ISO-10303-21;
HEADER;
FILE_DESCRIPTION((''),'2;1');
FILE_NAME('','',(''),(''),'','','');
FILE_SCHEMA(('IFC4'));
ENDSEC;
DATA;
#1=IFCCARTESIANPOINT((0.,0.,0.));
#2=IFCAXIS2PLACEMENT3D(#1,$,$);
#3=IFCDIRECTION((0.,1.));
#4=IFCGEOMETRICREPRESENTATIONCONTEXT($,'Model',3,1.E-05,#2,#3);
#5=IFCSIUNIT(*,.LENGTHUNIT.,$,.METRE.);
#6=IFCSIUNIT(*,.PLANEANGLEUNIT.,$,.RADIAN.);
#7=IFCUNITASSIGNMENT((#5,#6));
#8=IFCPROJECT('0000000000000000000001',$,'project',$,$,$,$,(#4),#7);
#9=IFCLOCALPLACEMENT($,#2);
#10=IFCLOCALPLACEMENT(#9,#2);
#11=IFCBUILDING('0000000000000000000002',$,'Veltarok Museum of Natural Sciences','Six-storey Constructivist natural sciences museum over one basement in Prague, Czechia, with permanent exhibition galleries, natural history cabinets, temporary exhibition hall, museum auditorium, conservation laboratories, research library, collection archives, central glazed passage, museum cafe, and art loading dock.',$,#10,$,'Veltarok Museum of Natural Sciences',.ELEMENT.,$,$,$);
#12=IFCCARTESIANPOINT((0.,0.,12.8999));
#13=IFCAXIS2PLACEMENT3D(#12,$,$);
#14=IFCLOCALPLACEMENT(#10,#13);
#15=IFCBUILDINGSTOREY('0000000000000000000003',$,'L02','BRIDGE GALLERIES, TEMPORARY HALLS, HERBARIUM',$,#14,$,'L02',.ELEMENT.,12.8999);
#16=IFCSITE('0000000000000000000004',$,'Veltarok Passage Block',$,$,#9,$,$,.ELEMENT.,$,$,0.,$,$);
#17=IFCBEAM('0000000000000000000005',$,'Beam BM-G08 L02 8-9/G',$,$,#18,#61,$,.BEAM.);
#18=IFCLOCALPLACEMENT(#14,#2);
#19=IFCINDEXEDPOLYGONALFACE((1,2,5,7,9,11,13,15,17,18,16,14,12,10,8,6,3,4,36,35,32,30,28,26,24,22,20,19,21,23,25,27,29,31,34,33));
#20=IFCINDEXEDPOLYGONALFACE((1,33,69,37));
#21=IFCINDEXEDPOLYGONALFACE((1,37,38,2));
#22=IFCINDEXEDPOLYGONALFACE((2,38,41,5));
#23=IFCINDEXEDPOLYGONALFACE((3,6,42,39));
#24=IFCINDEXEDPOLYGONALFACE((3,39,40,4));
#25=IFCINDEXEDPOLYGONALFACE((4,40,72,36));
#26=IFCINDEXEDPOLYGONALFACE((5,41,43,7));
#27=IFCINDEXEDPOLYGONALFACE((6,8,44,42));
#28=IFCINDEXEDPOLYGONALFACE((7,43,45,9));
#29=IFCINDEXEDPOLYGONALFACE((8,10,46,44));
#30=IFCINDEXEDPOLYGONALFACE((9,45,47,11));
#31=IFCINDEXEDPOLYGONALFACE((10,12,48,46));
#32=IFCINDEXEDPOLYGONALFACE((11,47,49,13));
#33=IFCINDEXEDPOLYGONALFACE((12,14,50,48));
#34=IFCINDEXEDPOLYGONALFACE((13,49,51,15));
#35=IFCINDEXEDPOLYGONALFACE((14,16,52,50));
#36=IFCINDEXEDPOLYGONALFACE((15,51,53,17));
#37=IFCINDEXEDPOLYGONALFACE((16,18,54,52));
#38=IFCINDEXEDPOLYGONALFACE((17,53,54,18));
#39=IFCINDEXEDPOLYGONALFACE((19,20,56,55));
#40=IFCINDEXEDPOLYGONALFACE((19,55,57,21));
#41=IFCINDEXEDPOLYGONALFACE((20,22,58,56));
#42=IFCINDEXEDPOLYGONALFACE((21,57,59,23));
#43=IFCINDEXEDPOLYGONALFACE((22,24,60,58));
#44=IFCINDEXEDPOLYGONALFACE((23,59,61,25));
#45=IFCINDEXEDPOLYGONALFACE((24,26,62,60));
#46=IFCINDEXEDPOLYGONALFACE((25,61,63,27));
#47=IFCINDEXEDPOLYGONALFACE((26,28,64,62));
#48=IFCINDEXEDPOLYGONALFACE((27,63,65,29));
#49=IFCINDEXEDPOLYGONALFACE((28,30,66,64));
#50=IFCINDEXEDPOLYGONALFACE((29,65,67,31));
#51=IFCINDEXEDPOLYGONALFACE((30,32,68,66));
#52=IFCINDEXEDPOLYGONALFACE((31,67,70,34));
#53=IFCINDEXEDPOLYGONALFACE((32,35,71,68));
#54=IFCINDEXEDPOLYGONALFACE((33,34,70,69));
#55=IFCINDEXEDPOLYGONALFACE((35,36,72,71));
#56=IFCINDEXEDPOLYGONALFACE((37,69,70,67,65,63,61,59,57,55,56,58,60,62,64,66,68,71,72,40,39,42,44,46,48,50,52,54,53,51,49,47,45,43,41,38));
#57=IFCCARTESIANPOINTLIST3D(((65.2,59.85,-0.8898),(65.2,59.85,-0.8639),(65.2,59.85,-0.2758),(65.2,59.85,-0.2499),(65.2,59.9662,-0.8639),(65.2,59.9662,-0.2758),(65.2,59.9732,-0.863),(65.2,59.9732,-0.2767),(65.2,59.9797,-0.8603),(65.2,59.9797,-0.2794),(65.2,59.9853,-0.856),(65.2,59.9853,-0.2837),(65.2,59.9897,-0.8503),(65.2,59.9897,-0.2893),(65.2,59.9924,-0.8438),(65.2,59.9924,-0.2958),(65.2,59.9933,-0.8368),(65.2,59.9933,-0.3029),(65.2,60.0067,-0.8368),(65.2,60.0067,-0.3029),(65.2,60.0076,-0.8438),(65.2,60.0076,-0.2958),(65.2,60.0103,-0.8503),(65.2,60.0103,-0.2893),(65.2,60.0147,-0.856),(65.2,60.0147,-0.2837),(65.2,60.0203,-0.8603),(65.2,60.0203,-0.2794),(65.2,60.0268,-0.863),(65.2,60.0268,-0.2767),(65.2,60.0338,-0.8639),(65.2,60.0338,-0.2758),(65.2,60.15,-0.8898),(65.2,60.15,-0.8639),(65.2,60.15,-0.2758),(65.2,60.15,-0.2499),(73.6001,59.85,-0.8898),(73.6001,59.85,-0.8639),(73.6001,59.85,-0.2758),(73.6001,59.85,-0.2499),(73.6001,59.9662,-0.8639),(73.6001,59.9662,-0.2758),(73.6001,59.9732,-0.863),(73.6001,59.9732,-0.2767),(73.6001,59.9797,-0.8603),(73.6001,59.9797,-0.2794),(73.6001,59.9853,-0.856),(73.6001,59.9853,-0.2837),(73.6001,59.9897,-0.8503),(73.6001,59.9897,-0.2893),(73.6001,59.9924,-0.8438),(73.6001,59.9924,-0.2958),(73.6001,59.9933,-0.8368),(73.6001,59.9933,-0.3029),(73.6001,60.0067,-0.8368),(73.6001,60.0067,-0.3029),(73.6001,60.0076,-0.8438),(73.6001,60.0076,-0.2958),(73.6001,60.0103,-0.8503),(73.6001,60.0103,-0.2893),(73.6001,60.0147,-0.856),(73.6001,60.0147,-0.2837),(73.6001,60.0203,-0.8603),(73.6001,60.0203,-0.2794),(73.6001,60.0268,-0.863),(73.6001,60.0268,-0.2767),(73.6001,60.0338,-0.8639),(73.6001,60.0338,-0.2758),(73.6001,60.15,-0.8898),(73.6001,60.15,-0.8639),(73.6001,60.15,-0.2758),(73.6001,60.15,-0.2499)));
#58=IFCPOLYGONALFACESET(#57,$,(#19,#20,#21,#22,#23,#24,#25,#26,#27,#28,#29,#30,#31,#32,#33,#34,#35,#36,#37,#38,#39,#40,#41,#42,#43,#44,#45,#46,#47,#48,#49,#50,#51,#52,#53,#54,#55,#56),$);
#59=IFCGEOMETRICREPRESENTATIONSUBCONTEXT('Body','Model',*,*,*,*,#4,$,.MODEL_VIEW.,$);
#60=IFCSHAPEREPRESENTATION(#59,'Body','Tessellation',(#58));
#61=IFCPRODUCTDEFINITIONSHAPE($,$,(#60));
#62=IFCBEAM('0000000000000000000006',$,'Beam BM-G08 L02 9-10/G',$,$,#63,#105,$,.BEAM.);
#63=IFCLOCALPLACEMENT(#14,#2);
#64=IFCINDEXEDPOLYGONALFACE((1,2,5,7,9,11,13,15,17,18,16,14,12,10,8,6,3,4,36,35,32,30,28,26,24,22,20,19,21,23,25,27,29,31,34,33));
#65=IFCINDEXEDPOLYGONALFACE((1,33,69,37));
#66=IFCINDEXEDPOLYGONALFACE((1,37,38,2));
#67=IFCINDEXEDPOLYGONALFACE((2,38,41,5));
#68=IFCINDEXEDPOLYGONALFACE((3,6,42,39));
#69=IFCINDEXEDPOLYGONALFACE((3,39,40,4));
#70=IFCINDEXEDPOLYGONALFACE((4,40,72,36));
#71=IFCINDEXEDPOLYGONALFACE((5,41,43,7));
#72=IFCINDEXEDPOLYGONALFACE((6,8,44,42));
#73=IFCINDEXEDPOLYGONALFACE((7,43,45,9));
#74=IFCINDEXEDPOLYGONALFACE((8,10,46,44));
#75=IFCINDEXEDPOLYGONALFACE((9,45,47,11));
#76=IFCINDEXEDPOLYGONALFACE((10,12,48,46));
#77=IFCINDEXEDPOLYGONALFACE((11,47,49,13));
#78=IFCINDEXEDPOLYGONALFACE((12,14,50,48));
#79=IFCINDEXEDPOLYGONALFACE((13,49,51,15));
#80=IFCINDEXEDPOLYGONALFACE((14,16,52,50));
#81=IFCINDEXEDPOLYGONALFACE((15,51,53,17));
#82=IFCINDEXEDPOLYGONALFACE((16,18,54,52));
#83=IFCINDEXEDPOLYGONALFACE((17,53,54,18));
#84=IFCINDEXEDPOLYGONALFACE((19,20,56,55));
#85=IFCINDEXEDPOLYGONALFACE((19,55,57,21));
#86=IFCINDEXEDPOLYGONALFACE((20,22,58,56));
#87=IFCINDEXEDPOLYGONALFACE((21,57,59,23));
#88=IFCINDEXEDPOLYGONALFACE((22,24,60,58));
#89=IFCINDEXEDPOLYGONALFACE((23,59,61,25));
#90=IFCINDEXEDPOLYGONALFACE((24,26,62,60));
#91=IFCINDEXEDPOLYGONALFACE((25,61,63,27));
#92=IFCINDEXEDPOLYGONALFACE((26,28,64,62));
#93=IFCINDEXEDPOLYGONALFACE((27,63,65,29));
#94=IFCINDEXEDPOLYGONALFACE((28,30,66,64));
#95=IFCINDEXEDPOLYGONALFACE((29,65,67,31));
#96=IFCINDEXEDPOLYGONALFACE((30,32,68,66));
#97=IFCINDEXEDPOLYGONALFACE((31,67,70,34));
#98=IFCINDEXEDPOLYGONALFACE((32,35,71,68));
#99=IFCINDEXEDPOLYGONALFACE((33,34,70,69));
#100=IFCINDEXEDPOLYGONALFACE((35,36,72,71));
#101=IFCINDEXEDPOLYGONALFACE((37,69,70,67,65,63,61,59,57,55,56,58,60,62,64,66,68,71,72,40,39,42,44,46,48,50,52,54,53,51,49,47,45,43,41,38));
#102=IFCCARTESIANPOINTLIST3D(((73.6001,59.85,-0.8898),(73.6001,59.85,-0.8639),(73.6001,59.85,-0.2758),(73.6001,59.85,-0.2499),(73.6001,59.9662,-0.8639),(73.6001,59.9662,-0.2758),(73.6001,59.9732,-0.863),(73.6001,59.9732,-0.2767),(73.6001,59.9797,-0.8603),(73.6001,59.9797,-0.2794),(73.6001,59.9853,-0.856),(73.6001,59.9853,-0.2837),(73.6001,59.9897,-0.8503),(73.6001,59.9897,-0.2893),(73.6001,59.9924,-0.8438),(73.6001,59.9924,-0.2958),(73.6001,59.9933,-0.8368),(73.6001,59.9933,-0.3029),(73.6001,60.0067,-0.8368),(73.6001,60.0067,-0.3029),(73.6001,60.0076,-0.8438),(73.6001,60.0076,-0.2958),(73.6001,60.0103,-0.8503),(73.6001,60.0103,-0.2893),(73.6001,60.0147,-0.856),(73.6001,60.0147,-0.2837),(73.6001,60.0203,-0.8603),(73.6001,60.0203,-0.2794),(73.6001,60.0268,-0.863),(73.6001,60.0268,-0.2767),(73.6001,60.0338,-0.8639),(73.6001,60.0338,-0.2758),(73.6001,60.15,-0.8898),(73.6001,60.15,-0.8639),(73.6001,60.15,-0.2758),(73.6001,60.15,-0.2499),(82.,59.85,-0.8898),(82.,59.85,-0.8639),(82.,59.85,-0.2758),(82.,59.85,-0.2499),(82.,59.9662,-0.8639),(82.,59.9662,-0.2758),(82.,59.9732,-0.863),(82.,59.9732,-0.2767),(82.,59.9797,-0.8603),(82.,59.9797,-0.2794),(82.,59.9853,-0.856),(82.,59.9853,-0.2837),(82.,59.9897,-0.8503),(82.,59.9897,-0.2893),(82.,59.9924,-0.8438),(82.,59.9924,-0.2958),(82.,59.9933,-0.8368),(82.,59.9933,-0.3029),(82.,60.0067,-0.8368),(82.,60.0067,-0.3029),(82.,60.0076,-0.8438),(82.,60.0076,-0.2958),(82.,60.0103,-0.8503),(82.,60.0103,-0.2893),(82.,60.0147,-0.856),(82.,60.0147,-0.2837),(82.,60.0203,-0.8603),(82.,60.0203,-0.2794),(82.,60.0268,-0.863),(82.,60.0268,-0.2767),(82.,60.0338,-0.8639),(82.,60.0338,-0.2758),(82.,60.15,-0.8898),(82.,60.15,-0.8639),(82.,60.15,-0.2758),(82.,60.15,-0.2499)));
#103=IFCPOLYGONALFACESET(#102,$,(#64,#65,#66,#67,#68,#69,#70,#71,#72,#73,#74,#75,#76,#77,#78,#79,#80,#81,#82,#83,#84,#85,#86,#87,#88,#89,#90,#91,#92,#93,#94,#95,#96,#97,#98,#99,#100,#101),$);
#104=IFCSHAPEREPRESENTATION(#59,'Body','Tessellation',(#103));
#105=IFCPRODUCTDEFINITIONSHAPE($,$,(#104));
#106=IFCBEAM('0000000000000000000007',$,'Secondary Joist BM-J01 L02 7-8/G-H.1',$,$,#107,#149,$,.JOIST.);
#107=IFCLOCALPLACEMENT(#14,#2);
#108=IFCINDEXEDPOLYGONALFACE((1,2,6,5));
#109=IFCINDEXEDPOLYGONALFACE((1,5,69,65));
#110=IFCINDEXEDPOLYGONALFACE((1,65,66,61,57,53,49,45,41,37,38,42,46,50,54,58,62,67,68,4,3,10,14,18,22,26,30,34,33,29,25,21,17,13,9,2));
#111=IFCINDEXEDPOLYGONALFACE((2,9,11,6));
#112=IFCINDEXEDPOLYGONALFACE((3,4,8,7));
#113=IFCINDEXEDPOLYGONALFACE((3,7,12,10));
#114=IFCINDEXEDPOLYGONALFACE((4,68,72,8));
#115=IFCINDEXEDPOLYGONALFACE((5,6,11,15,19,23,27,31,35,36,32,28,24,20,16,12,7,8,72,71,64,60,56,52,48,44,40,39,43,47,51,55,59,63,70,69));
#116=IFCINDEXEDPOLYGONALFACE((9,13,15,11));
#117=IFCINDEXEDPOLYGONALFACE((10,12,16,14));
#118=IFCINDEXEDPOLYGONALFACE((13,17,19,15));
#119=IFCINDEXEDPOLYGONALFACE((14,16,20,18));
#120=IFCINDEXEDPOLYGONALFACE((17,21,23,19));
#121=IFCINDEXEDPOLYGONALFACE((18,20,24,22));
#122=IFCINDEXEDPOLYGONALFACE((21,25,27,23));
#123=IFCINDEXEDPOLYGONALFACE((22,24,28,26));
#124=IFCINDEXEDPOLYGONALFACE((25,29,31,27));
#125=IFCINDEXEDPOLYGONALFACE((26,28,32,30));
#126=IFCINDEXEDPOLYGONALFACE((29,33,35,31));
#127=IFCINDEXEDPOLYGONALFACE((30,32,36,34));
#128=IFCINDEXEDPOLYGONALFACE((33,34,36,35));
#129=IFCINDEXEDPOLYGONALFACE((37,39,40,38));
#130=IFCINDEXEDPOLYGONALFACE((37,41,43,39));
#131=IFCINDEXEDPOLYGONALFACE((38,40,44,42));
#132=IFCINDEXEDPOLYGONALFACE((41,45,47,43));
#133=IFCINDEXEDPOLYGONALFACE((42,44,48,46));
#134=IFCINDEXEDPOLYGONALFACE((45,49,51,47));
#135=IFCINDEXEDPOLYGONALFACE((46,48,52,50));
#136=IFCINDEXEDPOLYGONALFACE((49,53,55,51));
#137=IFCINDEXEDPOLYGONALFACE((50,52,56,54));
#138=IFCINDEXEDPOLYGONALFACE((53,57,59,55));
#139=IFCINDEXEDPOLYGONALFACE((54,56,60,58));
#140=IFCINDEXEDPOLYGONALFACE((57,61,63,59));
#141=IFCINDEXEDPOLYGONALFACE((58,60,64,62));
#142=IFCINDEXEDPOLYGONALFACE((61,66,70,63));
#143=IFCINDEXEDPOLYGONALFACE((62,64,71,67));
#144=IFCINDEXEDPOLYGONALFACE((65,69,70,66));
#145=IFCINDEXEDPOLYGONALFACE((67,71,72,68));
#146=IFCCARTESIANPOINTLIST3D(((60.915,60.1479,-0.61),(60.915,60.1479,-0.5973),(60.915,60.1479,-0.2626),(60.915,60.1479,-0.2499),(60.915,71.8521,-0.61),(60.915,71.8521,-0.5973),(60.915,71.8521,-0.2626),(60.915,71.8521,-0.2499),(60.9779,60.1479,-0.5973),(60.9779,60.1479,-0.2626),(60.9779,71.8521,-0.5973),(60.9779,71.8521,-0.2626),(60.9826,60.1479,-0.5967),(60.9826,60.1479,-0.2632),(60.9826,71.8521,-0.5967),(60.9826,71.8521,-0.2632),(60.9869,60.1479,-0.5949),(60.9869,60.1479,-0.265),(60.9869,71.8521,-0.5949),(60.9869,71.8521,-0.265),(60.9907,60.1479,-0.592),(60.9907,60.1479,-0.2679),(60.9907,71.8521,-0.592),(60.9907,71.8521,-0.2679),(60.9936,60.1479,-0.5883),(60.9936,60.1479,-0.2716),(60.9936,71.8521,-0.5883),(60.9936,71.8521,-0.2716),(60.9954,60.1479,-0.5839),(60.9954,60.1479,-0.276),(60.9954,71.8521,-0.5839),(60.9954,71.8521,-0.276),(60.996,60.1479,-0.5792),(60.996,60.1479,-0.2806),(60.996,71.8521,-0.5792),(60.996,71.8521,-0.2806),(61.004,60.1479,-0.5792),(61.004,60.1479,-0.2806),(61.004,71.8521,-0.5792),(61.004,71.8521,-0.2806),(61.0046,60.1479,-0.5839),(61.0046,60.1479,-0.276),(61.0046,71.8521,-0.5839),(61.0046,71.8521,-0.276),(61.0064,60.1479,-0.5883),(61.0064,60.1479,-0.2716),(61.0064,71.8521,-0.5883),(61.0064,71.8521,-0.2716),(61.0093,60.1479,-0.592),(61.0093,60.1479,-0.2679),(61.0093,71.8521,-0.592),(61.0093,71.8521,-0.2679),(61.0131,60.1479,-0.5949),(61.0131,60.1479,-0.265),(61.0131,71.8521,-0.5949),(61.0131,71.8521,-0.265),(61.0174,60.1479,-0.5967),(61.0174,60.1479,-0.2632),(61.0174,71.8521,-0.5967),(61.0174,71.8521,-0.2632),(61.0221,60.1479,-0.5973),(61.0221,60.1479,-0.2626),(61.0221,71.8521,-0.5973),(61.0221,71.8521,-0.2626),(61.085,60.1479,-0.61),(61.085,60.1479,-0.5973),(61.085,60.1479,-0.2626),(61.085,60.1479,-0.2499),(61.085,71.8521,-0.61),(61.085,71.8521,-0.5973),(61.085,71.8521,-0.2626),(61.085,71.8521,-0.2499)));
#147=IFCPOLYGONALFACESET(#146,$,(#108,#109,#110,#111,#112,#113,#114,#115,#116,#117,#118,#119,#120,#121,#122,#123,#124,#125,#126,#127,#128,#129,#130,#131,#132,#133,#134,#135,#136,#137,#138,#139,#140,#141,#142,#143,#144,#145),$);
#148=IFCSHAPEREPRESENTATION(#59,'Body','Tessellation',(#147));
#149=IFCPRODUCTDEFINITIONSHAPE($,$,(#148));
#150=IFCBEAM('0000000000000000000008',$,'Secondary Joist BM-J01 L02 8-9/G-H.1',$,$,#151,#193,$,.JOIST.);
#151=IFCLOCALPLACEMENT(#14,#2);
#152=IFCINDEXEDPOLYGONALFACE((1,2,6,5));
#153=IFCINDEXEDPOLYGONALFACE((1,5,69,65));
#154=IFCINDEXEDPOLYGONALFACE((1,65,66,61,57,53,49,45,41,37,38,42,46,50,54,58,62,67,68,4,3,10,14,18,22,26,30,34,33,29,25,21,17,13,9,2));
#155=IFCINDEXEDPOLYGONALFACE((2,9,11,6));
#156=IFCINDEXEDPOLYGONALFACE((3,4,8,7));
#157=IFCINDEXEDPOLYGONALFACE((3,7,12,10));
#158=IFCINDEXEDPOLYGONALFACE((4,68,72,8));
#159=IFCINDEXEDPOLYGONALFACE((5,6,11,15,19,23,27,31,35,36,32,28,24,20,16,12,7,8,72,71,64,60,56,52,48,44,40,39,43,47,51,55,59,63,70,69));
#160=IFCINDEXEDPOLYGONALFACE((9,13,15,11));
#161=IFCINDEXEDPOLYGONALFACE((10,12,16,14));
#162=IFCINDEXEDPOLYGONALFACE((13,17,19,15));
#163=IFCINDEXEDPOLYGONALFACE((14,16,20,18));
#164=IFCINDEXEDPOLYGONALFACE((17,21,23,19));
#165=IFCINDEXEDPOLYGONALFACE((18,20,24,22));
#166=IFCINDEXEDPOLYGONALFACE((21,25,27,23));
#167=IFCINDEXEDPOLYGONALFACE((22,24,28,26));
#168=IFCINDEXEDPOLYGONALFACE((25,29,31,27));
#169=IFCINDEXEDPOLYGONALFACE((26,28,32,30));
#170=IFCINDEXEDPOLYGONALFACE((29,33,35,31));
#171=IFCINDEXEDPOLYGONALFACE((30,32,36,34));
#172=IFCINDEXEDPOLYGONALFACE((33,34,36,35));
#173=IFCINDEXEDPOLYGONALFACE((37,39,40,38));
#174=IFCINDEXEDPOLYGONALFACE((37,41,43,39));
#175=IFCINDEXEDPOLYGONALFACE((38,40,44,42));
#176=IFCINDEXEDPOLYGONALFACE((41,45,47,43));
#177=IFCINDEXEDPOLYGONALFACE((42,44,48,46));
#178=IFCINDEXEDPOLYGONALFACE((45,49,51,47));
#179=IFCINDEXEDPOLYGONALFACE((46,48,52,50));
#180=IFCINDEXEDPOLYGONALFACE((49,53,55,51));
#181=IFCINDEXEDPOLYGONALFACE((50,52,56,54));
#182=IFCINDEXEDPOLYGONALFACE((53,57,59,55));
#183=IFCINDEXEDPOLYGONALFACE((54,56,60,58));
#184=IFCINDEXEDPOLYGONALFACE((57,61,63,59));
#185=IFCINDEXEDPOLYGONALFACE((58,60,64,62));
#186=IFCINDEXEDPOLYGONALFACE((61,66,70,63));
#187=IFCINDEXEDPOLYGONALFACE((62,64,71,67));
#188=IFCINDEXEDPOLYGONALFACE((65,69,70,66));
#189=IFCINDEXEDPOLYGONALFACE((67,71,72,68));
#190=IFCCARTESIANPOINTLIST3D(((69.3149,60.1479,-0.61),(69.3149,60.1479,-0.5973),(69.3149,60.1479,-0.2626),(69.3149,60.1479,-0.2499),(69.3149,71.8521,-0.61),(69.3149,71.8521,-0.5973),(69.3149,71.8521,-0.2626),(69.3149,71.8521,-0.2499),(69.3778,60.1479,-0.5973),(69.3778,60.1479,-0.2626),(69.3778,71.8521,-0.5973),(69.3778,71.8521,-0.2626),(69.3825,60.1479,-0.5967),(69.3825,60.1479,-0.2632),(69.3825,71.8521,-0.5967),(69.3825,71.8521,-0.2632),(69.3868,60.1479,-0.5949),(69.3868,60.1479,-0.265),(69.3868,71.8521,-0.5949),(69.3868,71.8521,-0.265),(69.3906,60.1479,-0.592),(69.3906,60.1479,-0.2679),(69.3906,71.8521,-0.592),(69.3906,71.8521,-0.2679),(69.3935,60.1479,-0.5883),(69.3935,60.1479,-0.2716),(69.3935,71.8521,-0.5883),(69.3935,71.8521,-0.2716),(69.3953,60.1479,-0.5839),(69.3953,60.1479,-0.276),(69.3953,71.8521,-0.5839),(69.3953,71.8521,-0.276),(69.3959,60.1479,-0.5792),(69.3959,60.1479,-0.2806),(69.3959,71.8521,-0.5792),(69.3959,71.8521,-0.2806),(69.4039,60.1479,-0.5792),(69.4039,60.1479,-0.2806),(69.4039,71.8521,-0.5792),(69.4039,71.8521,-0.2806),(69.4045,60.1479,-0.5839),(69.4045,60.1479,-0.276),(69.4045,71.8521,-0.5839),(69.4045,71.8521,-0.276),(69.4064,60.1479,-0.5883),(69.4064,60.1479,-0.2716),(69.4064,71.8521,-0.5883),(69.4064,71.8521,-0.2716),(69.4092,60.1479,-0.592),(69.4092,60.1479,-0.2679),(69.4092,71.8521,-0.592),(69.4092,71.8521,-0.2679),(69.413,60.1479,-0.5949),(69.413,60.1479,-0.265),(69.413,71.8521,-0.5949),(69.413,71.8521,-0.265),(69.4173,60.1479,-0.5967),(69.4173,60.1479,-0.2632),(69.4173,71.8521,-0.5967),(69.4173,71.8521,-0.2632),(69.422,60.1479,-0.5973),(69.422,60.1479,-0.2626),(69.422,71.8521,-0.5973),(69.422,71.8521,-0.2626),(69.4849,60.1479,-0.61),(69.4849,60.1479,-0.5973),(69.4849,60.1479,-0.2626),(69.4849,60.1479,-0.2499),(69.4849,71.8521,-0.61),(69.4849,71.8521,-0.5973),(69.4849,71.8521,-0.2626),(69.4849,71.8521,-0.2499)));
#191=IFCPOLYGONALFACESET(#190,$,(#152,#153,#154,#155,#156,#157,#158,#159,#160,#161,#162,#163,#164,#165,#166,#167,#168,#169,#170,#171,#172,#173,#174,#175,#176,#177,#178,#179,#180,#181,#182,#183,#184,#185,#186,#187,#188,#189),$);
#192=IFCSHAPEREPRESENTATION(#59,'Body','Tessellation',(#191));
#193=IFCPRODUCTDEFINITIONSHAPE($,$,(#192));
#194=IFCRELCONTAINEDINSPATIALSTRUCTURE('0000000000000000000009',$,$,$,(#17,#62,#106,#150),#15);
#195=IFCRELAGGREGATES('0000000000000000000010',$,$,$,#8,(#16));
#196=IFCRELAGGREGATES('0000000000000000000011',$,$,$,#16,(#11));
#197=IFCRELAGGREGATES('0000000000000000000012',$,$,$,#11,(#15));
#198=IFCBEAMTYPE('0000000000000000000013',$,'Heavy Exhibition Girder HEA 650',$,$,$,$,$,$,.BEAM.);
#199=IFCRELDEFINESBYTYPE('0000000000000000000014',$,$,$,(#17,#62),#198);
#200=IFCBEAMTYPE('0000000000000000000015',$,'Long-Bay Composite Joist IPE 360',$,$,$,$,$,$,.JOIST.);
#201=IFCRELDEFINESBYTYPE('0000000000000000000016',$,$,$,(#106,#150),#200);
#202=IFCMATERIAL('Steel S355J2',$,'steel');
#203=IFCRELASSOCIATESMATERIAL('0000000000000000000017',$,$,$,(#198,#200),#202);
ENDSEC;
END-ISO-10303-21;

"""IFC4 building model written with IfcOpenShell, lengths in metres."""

from ifc_helpers import new_model, si_unit, direction, frame, origin, origin_2d, place, context, subcontext, project, spatial, i_section, extrude, material, material_profile, profile_set, type_object, element, save


model = new_model("IFC4")

# Units and contexts
model_context = context("Model", 3, precision=1e-05, world=origin(), true_north=direction((0.0, 1.0)))
body_context = subcontext(model_context, "Body", "Model", "MODEL_VIEW")
ifc_project = project(units=[si_unit("LENGTHUNIT", "METRE"), si_unit("PLANEANGLEUNIT", "RADIAN")], contexts=[model_context])

# Site, building, storey
site_placement = place(None, origin())
site = spatial("IfcSite", under=ifc_project, at=site_placement, Name="Veltarok Passage Block", CompositionType="ELEMENT", RefElevation=0.0)
building_placement = place(site_placement, origin())
building = spatial("IfcBuilding", under=site, at=building_placement, Name="Veltarok Museum of Natural Sciences", Description="Six-storey Constructivist natural sciences museum over one basement in Prague, Czechia, with permanent exhibition galleries, natural history cabinets, temporary exhibition hall, museum auditorium, conservation laboratories, research library, collection archives, central glazed passage, museum cafe, and art loading dock.", LongName="Veltarok Museum of Natural Sciences", CompositionType="ELEMENT")
storey_placement = place(building_placement, frame((0.0, 0.0, 12.8999)))
storey = spatial("IfcBuildingStorey", under=building, at=storey_placement, Name="L02", Description="BRIDGE GALLERIES, TEMPORARY HALLS, HERBARIUM", LongName="L02", CompositionType="ELEMENT", Elevation=12.8999)

# Shared definitions
ifc_material_1 = material(Name="Steel S355J2", Category="steel")

# Beams
ifc_material_profile_1 = material_profile(ifc_material_1, i_section(OverallWidth=0.3, OverallDepth=0.6399, WebThickness=0.0134, FlangeThickness=0.0259, FilletRadius=0.0271, at=origin_2d()), Name="HEA 650")
ifc_profile_set_1 = profile_set([ifc_material_profile_1], Name="Steel S355J2")
beam_type_1 = type_object("IfcBeamType", Name="Heavy Exhibition Girder HEA 650", PredefinedType="BEAM", material=ifc_profile_set_1)
beam_1_placement = place(storey_placement, frame((65.2, 60.0, -0.5698), z_axis=(1.0, 0.0, 0.0), x_axis=(0.0, 1.0, 0.0)))
element("IfcBeam", 1, at=beam_1_placement, inside=storey, type_object=beam_type_1, Name="Beam BM-G08 L02 8-9/G", PredefinedType="BEAM", context=body_context, shape_type="SweptSolid", body=[
    extrude(i_section(OverallWidth=0.3, OverallDepth=0.6399, WebThickness=0.0134, FlangeThickness=0.0259, FilletRadius=0.0271, at=origin_2d()), origin(), (0.0, 0.0, 1.0), 8.4001),
])
beam_2_placement = place(storey_placement, frame((73.6001, 60.0, -0.5698), z_axis=(1.0, 0.0, 0.0), x_axis=(0.0, 1.0, 0.0)))
element("IfcBeam", 2, at=beam_2_placement, inside=storey, type_object=beam_type_1, Name="Beam BM-G08 L02 9-10/G", PredefinedType="BEAM", context=body_context, shape_type="SweptSolid", body=[
    extrude(i_section(OverallWidth=0.3, OverallDepth=0.6399, WebThickness=0.0134, FlangeThickness=0.0259, FilletRadius=0.0271, at=origin_2d()), origin(), (0.0, 0.0, 1.0), 8.3999),
])
ifc_material_profile_2 = material_profile(ifc_material_1, i_section(OverallWidth=0.1699, OverallDepth=0.3601, WebThickness=0.0081, FlangeThickness=0.0127, FilletRadius=0.0181, at=origin_2d()), Name="IPE 360")
ifc_profile_set_2 = profile_set([ifc_material_profile_2], Name="Steel S355J2")
beam_type_2 = type_object("IfcBeamType", Name="Long-Bay Composite Joist IPE 360", PredefinedType="JOIST", material=ifc_profile_set_2)
for number, where, z_axis, x_axis, name in (
    (3, (61.0, 60.1479, -0.4299), (0.0, 1.0, 0.0), (-1.0, 0.0, 0.0), "Secondary Joist BM-J01 L02 7-8/G-H.1"),
    (4, (69.3999, 60.1479, -0.4299), (0.0, 1.0, 0.0), (-1.0, 0.0, 0.0), "Secondary Joist BM-J01 L02 8-9/G-H.1"),
):
    element("IfcBeam", number, at=place(storey_placement, frame(where, z_axis=z_axis, x_axis=x_axis)), inside=storey, type_object=beam_type_2, Name=name, PredefinedType="JOIST", context=body_context, shape_type="SweptSolid", body=[
        extrude(i_section(OverallWidth=0.1699, OverallDepth=0.3601, WebThickness=0.0081, FlangeThickness=0.0127, FilletRadius=0.0181, at=origin_2d()), origin(), (0.0, 0.0, 1.0), 11.7041),
    ])

save(model, "model.ifc")
